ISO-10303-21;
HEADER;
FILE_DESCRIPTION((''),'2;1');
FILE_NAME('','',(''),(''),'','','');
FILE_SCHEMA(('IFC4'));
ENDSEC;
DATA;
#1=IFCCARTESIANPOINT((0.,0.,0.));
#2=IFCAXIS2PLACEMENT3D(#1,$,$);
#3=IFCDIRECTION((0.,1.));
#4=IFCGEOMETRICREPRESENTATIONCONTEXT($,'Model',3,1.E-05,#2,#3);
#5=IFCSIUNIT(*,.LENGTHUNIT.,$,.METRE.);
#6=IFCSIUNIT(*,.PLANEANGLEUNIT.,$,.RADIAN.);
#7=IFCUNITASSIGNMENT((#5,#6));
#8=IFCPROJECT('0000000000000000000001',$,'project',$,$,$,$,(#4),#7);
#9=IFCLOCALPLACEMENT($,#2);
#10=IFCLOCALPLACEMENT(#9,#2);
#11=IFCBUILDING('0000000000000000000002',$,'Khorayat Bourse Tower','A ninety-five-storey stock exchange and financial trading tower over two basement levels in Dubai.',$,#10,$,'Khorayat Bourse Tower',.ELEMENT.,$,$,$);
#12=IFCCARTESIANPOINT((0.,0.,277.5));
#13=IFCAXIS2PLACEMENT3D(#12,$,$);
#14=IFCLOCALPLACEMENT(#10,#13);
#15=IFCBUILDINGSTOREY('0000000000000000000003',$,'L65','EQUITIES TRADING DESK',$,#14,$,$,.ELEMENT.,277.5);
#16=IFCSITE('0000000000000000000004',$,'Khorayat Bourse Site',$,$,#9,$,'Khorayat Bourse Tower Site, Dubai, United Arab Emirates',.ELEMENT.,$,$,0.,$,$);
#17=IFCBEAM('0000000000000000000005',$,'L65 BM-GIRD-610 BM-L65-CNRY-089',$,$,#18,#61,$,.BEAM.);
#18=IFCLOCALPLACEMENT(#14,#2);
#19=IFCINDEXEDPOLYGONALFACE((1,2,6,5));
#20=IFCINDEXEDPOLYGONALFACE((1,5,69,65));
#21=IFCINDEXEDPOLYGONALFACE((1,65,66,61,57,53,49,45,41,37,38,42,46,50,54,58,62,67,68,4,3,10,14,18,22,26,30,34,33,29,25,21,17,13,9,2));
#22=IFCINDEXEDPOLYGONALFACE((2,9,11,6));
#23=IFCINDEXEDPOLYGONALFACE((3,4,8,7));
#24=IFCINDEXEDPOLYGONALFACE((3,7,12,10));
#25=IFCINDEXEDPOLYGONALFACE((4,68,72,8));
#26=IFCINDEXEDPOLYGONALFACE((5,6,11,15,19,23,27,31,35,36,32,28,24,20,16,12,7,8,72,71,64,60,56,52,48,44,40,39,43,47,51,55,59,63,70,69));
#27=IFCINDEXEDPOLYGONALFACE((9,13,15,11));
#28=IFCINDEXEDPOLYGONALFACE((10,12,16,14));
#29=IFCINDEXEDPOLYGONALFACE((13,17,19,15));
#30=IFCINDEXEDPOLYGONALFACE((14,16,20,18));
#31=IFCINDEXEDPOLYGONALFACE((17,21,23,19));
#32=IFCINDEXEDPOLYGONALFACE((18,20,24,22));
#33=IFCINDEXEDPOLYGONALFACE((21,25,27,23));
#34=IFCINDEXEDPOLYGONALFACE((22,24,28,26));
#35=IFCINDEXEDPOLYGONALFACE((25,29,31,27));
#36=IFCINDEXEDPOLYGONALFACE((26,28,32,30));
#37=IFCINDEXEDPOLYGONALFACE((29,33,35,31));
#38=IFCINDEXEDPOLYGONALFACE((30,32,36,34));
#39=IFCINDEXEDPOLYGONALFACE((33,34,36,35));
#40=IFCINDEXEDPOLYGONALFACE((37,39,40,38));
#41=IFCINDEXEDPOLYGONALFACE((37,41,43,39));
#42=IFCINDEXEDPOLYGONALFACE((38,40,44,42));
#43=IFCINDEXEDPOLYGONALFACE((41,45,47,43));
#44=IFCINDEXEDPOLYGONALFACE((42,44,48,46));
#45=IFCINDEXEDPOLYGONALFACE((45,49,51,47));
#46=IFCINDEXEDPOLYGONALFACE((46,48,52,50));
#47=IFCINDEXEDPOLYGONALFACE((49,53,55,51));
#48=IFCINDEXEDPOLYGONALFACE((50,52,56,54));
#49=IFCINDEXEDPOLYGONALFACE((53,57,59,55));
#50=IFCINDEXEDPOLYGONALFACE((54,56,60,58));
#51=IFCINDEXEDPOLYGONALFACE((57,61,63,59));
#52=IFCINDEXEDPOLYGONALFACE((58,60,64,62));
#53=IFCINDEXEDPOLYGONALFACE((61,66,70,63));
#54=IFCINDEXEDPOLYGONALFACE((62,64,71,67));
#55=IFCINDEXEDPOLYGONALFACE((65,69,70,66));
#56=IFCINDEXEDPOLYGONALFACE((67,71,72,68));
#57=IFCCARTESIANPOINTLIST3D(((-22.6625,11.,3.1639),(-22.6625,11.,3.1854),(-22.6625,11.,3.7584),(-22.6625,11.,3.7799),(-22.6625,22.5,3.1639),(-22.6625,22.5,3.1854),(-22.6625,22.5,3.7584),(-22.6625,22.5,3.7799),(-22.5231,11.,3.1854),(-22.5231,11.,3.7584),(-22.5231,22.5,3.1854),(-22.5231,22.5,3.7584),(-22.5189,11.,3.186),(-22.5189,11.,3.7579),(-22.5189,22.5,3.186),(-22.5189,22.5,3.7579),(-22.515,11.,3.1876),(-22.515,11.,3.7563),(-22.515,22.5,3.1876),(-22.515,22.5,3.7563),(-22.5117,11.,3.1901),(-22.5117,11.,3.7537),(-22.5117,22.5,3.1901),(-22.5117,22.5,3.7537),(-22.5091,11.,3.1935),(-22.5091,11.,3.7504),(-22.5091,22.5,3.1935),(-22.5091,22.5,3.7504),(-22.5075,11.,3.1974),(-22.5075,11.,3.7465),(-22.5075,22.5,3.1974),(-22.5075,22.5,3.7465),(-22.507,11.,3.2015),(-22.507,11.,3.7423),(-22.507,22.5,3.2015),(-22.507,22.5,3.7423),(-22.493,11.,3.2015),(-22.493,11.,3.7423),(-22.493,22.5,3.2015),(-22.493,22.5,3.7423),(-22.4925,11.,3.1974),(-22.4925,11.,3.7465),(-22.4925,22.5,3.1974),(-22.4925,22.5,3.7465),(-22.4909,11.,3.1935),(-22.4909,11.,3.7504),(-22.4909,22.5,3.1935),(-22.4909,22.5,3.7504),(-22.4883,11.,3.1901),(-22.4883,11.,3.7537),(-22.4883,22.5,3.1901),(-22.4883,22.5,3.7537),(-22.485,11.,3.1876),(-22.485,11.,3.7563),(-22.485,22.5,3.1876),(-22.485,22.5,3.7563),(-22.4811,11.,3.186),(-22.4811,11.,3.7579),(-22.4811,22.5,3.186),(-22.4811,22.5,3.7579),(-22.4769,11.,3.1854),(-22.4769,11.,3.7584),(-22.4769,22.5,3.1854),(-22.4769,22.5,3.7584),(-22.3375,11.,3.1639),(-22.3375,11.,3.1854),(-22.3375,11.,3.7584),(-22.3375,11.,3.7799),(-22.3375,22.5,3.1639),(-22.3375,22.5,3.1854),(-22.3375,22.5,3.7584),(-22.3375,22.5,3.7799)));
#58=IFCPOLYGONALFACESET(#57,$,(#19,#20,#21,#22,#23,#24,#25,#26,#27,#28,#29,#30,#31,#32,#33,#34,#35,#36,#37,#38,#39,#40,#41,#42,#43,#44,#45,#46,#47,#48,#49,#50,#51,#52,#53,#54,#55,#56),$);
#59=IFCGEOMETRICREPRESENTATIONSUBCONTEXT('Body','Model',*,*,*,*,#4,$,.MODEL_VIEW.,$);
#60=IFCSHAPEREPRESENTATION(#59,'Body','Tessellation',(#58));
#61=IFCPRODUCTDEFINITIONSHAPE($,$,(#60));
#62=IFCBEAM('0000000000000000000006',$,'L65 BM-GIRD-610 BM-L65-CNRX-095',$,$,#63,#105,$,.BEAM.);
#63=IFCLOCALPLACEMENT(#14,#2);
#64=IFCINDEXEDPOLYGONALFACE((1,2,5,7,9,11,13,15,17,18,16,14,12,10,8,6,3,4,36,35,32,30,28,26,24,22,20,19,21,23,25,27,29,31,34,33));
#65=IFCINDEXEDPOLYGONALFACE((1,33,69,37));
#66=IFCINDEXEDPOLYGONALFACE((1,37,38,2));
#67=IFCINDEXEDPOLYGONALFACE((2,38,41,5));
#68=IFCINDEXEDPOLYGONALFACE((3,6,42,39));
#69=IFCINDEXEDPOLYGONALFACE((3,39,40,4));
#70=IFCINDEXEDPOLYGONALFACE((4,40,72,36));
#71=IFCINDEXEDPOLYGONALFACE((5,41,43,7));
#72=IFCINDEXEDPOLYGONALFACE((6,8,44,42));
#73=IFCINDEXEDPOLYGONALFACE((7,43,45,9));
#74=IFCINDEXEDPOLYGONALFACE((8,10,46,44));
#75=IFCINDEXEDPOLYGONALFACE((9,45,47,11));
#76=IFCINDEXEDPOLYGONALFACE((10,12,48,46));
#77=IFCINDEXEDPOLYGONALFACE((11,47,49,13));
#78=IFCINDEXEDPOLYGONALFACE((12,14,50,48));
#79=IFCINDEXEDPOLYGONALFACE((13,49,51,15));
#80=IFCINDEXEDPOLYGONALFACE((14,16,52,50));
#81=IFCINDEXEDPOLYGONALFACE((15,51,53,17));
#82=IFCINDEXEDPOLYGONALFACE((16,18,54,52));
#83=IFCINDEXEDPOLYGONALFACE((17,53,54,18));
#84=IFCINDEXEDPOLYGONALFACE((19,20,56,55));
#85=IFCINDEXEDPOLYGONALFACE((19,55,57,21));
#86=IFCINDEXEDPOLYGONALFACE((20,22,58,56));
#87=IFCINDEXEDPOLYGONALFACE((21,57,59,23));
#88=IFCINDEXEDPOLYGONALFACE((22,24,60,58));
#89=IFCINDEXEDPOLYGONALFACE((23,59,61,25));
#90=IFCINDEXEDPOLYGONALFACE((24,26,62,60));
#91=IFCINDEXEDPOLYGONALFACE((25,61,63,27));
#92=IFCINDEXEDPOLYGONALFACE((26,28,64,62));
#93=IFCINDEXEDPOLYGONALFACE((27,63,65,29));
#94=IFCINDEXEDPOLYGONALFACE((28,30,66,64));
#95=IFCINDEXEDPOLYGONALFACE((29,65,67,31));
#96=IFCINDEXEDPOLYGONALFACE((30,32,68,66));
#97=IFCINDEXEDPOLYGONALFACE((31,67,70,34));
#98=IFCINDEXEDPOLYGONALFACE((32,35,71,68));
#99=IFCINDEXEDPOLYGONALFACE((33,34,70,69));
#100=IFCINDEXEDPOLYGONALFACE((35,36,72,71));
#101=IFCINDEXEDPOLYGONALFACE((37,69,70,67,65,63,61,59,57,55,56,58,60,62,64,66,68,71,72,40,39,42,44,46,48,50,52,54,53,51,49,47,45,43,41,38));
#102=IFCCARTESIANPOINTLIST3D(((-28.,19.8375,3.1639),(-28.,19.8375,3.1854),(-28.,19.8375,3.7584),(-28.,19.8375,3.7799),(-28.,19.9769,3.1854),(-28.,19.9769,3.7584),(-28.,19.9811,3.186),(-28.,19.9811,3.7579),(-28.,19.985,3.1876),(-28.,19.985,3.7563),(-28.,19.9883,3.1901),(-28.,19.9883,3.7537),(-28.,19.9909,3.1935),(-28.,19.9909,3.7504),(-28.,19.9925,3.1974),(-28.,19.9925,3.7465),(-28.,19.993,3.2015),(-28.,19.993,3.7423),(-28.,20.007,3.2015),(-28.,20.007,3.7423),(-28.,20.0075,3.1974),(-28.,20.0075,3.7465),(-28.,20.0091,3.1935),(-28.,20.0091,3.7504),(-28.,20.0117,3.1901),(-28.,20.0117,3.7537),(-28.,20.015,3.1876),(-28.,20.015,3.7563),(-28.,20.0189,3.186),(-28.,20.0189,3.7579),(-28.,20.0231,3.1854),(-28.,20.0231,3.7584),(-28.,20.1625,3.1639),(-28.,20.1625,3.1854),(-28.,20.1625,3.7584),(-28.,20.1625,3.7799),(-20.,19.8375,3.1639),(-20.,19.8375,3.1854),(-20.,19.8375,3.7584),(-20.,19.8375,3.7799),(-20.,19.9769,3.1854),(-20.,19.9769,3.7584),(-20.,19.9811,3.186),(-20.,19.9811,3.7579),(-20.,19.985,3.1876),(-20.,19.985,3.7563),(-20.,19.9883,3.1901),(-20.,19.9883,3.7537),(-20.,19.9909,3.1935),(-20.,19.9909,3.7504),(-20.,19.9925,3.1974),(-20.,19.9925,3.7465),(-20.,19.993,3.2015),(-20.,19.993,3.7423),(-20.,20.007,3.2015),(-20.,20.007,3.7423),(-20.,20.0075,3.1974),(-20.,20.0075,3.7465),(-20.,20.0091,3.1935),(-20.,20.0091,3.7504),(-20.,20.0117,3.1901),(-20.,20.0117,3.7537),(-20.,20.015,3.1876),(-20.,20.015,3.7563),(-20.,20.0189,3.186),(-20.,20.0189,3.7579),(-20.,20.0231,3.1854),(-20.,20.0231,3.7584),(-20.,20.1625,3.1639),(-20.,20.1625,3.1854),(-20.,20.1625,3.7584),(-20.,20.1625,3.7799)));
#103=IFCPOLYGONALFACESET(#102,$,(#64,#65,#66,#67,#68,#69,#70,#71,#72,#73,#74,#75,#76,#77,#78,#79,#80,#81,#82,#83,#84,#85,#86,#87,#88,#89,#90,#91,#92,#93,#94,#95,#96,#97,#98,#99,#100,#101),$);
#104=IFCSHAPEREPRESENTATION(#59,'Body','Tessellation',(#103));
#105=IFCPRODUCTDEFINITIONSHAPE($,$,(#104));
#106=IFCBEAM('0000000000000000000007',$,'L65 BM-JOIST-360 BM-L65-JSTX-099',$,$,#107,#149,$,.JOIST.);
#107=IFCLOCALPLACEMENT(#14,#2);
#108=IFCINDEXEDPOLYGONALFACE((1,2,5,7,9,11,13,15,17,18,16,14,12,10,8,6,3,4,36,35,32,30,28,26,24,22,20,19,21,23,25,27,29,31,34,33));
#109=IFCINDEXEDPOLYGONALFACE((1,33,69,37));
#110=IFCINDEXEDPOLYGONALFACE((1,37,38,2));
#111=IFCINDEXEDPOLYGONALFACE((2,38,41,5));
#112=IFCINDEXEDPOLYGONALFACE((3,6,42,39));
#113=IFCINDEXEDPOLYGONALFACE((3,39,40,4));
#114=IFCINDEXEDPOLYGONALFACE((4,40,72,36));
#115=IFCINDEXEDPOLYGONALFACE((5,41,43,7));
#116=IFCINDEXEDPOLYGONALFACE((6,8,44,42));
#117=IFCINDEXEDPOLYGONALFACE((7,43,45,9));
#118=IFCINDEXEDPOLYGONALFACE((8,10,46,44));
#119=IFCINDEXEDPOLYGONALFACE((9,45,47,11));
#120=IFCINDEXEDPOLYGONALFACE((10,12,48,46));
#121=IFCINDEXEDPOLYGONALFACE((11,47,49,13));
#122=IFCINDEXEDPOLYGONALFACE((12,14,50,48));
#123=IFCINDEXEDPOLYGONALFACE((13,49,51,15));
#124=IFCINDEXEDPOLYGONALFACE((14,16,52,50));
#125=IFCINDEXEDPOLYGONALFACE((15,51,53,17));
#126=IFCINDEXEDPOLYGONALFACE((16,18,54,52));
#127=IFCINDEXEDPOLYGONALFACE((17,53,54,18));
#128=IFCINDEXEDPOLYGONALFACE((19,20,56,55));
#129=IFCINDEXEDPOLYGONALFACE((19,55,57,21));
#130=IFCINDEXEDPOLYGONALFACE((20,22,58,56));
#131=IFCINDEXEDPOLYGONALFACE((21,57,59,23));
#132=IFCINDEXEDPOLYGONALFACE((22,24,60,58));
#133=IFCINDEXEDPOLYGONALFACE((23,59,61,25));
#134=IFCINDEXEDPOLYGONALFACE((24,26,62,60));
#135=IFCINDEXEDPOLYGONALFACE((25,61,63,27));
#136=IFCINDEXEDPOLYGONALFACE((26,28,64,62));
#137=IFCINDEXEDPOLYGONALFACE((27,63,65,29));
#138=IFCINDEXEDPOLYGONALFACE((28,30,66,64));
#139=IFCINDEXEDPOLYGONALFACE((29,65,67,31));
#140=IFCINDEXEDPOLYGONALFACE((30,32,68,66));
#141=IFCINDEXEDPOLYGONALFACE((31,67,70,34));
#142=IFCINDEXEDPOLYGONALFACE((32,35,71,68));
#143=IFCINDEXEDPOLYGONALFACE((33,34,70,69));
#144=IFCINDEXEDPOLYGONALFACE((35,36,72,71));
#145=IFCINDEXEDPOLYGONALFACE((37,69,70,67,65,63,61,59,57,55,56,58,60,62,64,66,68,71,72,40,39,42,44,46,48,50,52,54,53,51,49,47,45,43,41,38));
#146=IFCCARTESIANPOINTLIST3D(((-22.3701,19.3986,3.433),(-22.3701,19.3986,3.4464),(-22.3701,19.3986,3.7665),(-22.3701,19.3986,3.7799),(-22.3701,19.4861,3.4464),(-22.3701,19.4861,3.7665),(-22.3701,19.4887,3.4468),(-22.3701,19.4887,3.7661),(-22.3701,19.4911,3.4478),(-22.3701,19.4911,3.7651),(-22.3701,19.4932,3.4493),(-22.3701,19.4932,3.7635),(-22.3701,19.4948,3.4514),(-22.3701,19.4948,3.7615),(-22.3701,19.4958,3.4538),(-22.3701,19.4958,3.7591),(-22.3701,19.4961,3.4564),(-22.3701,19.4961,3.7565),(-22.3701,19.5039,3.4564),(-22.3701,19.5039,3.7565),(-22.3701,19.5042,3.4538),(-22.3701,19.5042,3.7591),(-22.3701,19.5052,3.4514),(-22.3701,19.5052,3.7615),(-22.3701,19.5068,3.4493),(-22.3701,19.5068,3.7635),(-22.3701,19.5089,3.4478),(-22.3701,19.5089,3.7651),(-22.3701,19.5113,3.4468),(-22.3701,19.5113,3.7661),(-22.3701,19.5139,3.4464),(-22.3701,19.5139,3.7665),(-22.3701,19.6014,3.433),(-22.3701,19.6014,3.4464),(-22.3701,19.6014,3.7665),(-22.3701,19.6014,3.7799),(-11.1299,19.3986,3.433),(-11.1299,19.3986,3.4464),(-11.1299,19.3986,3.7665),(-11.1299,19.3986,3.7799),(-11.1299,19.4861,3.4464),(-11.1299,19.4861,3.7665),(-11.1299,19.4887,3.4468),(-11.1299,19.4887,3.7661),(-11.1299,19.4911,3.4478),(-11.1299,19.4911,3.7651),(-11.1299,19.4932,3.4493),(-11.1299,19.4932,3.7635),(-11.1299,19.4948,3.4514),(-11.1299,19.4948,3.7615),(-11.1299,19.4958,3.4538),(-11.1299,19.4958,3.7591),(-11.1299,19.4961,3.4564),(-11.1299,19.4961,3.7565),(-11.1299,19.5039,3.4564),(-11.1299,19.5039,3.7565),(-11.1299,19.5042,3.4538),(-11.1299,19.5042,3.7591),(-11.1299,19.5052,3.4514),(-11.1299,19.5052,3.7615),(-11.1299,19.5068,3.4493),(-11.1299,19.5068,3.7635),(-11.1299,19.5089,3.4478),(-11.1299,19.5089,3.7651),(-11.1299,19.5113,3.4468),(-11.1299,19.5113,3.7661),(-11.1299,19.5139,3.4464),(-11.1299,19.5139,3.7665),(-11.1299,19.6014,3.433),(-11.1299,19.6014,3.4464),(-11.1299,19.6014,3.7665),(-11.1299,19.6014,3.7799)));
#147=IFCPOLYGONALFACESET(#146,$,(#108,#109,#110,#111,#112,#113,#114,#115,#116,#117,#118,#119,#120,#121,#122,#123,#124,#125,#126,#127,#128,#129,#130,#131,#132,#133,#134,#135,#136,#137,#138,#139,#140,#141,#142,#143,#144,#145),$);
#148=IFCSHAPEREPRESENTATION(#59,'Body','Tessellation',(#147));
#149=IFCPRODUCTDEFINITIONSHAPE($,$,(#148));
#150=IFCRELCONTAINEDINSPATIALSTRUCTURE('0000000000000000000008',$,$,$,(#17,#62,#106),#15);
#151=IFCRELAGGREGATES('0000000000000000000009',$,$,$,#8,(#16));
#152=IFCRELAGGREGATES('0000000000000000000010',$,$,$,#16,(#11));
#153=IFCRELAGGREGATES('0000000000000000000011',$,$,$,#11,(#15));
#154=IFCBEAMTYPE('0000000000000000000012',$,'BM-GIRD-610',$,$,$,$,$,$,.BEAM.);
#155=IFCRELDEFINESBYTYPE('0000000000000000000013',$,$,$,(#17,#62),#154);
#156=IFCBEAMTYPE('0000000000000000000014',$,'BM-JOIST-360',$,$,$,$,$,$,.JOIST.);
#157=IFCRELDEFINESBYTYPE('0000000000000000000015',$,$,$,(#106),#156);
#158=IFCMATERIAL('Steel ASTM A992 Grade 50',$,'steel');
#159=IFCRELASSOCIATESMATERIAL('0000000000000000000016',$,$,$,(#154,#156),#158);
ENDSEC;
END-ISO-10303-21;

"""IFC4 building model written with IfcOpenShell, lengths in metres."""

from ifc_helpers import new_model, si_unit, direction, frame, origin, origin_2d, place, context, subcontext, project, spatial, i_section, extrude, source, transform, mapped, material, material_profile, profile_set, type_object, element, save


model = new_model("IFC4")

# Units and contexts
model_context = context("Model", 3, precision=1e-05, world=origin(), true_north=direction((0.0, 1.0)))
body_context = subcontext(model_context, "Body", "Model", "MODEL_VIEW")
ifc_project = project(units=[si_unit("LENGTHUNIT", "METRE"), si_unit("PLANEANGLEUNIT", "RADIAN")], contexts=[model_context])

# Site, building, storey
site_placement = place(None, origin())
site = spatial("IfcSite", under=ifc_project, at=site_placement, Name="Khorayat Bourse Site", LongName="Khorayat Bourse Tower Site, Dubai, United Arab Emirates", CompositionType="ELEMENT", RefElevation=0.0)
building_placement = place(site_placement, origin())
building = spatial("IfcBuilding", under=site, at=building_placement, Name="Khorayat Bourse Tower", Description="A ninety-five-storey stock exchange and financial trading tower over two basement levels in Dubai.", LongName="Khorayat Bourse Tower", CompositionType="ELEMENT")
storey_placement = place(building_placement, frame((0.0, 0.0, 277.5)))
storey = spatial("IfcBuildingStorey", under=building, at=storey_placement, Name="L65", Description="EQUITIES TRADING DESK", CompositionType="ELEMENT", Elevation=277.5)

# Beams
ifc_material_1 = material(Name="Steel ASTM A992 Grade 50", Category="steel")
ifc_material_profile_1 = material_profile(ifc_material_1, i_section(OverallWidth=0.325, OverallDepth=0.616, WebThickness=0.0139, FlangeThickness=0.0215, FilletRadius=0.0161, at=origin_2d()), Name="W610X174")
ifc_profile_set_1 = profile_set([ifc_material_profile_1], Name="Steel ASTM A992 Grade 50")
beam_type_1 = type_object("IfcBeamType", Name="BM-GIRD-610", PredefinedType="BEAM", material=ifc_profile_set_1)
shared_shape_1 = source(origin(), body_context, "Body", "SweptSolid", [
    extrude(i_section(OverallWidth=0.325, OverallDepth=0.616, WebThickness=0.0139, FlangeThickness=0.0215, FilletRadius=0.0161, at=origin_2d()), origin(), (0.0, 0.0, 1.0), 11.5),
])
beam_1_placement = place(storey_placement, frame((-22.5, 11.0, 3.4719), z_axis=(0.0, 1.0, 0.0), x_axis=(-1.0, 0.0, 0.0)))
element("IfcBeam", 1, at=beam_1_placement, inside=storey, type_object=beam_type_1, Name="L65 BM-GIRD-610 BM-L65-CNRY-089", PredefinedType="BEAM", context=body_context, shape_type="MappedRepresentation", body=[
    mapped(shared_shape_1, transform((0.0, 0.0, 0.0), scale=1.0)),
])
shared_shape_2 = source(origin(), body_context, "Body", "SweptSolid", [
    extrude(i_section(OverallWidth=0.325, OverallDepth=0.616, WebThickness=0.0139, FlangeThickness=0.0215, FilletRadius=0.0161, at=origin_2d()), origin(), (0.0, 0.0, 1.0), 8.0),
])
beam_2_placement = place(storey_placement, frame((-28.0, 20.0, 3.4719), z_axis=(1.0, 0.0, 0.0), x_axis=(0.0, 1.0, 0.0)))
element("IfcBeam", 2, at=beam_2_placement, inside=storey, type_object=beam_type_1, Name="L65 BM-GIRD-610 BM-L65-CNRX-095", PredefinedType="BEAM", context=body_context, shape_type="MappedRepresentation", body=[
    mapped(shared_shape_2, transform((0.0, 0.0, 0.0), scale=1.0)),
])
ifc_material_profile_2 = material_profile(ifc_material_1, i_section(OverallWidth=0.2029, OverallDepth=0.3469, WebThickness=0.0078, FlangeThickness=0.0134, FilletRadius=0.01, at=origin_2d()), Name="W360X64")
ifc_profile_set_2 = profile_set([ifc_material_profile_2], Name="Steel ASTM A992 Grade 50")
beam_type_2 = type_object("IfcBeamType", Name="BM-JOIST-360", PredefinedType="JOIST", material=ifc_profile_set_2)
shared_shape_3 = source(origin(), body_context, "Body", "SweptSolid", [
    extrude(i_section(OverallWidth=0.2029, OverallDepth=0.3469, WebThickness=0.0078, FlangeThickness=0.0134, FilletRadius=0.01, at=origin_2d()), origin(), (0.0, 0.0, 1.0), 11.2402),
])
beam_3_placement = place(storey_placement, frame((-22.3701, 19.5, 3.6064), z_axis=(1.0, 0.0, 0.0), x_axis=(0.0, 1.0, 0.0)))
element("IfcBeam", 3, at=beam_3_placement, inside=storey, type_object=beam_type_2, Name="L65 BM-JOIST-360 BM-L65-JSTX-099", PredefinedType="JOIST", context=body_context, shape_type="MappedRepresentation", body=[
    mapped(shared_shape_3, transform((0.0, 0.0, 0.0), scale=1.0)),
])

save(model, "model.ifc")
